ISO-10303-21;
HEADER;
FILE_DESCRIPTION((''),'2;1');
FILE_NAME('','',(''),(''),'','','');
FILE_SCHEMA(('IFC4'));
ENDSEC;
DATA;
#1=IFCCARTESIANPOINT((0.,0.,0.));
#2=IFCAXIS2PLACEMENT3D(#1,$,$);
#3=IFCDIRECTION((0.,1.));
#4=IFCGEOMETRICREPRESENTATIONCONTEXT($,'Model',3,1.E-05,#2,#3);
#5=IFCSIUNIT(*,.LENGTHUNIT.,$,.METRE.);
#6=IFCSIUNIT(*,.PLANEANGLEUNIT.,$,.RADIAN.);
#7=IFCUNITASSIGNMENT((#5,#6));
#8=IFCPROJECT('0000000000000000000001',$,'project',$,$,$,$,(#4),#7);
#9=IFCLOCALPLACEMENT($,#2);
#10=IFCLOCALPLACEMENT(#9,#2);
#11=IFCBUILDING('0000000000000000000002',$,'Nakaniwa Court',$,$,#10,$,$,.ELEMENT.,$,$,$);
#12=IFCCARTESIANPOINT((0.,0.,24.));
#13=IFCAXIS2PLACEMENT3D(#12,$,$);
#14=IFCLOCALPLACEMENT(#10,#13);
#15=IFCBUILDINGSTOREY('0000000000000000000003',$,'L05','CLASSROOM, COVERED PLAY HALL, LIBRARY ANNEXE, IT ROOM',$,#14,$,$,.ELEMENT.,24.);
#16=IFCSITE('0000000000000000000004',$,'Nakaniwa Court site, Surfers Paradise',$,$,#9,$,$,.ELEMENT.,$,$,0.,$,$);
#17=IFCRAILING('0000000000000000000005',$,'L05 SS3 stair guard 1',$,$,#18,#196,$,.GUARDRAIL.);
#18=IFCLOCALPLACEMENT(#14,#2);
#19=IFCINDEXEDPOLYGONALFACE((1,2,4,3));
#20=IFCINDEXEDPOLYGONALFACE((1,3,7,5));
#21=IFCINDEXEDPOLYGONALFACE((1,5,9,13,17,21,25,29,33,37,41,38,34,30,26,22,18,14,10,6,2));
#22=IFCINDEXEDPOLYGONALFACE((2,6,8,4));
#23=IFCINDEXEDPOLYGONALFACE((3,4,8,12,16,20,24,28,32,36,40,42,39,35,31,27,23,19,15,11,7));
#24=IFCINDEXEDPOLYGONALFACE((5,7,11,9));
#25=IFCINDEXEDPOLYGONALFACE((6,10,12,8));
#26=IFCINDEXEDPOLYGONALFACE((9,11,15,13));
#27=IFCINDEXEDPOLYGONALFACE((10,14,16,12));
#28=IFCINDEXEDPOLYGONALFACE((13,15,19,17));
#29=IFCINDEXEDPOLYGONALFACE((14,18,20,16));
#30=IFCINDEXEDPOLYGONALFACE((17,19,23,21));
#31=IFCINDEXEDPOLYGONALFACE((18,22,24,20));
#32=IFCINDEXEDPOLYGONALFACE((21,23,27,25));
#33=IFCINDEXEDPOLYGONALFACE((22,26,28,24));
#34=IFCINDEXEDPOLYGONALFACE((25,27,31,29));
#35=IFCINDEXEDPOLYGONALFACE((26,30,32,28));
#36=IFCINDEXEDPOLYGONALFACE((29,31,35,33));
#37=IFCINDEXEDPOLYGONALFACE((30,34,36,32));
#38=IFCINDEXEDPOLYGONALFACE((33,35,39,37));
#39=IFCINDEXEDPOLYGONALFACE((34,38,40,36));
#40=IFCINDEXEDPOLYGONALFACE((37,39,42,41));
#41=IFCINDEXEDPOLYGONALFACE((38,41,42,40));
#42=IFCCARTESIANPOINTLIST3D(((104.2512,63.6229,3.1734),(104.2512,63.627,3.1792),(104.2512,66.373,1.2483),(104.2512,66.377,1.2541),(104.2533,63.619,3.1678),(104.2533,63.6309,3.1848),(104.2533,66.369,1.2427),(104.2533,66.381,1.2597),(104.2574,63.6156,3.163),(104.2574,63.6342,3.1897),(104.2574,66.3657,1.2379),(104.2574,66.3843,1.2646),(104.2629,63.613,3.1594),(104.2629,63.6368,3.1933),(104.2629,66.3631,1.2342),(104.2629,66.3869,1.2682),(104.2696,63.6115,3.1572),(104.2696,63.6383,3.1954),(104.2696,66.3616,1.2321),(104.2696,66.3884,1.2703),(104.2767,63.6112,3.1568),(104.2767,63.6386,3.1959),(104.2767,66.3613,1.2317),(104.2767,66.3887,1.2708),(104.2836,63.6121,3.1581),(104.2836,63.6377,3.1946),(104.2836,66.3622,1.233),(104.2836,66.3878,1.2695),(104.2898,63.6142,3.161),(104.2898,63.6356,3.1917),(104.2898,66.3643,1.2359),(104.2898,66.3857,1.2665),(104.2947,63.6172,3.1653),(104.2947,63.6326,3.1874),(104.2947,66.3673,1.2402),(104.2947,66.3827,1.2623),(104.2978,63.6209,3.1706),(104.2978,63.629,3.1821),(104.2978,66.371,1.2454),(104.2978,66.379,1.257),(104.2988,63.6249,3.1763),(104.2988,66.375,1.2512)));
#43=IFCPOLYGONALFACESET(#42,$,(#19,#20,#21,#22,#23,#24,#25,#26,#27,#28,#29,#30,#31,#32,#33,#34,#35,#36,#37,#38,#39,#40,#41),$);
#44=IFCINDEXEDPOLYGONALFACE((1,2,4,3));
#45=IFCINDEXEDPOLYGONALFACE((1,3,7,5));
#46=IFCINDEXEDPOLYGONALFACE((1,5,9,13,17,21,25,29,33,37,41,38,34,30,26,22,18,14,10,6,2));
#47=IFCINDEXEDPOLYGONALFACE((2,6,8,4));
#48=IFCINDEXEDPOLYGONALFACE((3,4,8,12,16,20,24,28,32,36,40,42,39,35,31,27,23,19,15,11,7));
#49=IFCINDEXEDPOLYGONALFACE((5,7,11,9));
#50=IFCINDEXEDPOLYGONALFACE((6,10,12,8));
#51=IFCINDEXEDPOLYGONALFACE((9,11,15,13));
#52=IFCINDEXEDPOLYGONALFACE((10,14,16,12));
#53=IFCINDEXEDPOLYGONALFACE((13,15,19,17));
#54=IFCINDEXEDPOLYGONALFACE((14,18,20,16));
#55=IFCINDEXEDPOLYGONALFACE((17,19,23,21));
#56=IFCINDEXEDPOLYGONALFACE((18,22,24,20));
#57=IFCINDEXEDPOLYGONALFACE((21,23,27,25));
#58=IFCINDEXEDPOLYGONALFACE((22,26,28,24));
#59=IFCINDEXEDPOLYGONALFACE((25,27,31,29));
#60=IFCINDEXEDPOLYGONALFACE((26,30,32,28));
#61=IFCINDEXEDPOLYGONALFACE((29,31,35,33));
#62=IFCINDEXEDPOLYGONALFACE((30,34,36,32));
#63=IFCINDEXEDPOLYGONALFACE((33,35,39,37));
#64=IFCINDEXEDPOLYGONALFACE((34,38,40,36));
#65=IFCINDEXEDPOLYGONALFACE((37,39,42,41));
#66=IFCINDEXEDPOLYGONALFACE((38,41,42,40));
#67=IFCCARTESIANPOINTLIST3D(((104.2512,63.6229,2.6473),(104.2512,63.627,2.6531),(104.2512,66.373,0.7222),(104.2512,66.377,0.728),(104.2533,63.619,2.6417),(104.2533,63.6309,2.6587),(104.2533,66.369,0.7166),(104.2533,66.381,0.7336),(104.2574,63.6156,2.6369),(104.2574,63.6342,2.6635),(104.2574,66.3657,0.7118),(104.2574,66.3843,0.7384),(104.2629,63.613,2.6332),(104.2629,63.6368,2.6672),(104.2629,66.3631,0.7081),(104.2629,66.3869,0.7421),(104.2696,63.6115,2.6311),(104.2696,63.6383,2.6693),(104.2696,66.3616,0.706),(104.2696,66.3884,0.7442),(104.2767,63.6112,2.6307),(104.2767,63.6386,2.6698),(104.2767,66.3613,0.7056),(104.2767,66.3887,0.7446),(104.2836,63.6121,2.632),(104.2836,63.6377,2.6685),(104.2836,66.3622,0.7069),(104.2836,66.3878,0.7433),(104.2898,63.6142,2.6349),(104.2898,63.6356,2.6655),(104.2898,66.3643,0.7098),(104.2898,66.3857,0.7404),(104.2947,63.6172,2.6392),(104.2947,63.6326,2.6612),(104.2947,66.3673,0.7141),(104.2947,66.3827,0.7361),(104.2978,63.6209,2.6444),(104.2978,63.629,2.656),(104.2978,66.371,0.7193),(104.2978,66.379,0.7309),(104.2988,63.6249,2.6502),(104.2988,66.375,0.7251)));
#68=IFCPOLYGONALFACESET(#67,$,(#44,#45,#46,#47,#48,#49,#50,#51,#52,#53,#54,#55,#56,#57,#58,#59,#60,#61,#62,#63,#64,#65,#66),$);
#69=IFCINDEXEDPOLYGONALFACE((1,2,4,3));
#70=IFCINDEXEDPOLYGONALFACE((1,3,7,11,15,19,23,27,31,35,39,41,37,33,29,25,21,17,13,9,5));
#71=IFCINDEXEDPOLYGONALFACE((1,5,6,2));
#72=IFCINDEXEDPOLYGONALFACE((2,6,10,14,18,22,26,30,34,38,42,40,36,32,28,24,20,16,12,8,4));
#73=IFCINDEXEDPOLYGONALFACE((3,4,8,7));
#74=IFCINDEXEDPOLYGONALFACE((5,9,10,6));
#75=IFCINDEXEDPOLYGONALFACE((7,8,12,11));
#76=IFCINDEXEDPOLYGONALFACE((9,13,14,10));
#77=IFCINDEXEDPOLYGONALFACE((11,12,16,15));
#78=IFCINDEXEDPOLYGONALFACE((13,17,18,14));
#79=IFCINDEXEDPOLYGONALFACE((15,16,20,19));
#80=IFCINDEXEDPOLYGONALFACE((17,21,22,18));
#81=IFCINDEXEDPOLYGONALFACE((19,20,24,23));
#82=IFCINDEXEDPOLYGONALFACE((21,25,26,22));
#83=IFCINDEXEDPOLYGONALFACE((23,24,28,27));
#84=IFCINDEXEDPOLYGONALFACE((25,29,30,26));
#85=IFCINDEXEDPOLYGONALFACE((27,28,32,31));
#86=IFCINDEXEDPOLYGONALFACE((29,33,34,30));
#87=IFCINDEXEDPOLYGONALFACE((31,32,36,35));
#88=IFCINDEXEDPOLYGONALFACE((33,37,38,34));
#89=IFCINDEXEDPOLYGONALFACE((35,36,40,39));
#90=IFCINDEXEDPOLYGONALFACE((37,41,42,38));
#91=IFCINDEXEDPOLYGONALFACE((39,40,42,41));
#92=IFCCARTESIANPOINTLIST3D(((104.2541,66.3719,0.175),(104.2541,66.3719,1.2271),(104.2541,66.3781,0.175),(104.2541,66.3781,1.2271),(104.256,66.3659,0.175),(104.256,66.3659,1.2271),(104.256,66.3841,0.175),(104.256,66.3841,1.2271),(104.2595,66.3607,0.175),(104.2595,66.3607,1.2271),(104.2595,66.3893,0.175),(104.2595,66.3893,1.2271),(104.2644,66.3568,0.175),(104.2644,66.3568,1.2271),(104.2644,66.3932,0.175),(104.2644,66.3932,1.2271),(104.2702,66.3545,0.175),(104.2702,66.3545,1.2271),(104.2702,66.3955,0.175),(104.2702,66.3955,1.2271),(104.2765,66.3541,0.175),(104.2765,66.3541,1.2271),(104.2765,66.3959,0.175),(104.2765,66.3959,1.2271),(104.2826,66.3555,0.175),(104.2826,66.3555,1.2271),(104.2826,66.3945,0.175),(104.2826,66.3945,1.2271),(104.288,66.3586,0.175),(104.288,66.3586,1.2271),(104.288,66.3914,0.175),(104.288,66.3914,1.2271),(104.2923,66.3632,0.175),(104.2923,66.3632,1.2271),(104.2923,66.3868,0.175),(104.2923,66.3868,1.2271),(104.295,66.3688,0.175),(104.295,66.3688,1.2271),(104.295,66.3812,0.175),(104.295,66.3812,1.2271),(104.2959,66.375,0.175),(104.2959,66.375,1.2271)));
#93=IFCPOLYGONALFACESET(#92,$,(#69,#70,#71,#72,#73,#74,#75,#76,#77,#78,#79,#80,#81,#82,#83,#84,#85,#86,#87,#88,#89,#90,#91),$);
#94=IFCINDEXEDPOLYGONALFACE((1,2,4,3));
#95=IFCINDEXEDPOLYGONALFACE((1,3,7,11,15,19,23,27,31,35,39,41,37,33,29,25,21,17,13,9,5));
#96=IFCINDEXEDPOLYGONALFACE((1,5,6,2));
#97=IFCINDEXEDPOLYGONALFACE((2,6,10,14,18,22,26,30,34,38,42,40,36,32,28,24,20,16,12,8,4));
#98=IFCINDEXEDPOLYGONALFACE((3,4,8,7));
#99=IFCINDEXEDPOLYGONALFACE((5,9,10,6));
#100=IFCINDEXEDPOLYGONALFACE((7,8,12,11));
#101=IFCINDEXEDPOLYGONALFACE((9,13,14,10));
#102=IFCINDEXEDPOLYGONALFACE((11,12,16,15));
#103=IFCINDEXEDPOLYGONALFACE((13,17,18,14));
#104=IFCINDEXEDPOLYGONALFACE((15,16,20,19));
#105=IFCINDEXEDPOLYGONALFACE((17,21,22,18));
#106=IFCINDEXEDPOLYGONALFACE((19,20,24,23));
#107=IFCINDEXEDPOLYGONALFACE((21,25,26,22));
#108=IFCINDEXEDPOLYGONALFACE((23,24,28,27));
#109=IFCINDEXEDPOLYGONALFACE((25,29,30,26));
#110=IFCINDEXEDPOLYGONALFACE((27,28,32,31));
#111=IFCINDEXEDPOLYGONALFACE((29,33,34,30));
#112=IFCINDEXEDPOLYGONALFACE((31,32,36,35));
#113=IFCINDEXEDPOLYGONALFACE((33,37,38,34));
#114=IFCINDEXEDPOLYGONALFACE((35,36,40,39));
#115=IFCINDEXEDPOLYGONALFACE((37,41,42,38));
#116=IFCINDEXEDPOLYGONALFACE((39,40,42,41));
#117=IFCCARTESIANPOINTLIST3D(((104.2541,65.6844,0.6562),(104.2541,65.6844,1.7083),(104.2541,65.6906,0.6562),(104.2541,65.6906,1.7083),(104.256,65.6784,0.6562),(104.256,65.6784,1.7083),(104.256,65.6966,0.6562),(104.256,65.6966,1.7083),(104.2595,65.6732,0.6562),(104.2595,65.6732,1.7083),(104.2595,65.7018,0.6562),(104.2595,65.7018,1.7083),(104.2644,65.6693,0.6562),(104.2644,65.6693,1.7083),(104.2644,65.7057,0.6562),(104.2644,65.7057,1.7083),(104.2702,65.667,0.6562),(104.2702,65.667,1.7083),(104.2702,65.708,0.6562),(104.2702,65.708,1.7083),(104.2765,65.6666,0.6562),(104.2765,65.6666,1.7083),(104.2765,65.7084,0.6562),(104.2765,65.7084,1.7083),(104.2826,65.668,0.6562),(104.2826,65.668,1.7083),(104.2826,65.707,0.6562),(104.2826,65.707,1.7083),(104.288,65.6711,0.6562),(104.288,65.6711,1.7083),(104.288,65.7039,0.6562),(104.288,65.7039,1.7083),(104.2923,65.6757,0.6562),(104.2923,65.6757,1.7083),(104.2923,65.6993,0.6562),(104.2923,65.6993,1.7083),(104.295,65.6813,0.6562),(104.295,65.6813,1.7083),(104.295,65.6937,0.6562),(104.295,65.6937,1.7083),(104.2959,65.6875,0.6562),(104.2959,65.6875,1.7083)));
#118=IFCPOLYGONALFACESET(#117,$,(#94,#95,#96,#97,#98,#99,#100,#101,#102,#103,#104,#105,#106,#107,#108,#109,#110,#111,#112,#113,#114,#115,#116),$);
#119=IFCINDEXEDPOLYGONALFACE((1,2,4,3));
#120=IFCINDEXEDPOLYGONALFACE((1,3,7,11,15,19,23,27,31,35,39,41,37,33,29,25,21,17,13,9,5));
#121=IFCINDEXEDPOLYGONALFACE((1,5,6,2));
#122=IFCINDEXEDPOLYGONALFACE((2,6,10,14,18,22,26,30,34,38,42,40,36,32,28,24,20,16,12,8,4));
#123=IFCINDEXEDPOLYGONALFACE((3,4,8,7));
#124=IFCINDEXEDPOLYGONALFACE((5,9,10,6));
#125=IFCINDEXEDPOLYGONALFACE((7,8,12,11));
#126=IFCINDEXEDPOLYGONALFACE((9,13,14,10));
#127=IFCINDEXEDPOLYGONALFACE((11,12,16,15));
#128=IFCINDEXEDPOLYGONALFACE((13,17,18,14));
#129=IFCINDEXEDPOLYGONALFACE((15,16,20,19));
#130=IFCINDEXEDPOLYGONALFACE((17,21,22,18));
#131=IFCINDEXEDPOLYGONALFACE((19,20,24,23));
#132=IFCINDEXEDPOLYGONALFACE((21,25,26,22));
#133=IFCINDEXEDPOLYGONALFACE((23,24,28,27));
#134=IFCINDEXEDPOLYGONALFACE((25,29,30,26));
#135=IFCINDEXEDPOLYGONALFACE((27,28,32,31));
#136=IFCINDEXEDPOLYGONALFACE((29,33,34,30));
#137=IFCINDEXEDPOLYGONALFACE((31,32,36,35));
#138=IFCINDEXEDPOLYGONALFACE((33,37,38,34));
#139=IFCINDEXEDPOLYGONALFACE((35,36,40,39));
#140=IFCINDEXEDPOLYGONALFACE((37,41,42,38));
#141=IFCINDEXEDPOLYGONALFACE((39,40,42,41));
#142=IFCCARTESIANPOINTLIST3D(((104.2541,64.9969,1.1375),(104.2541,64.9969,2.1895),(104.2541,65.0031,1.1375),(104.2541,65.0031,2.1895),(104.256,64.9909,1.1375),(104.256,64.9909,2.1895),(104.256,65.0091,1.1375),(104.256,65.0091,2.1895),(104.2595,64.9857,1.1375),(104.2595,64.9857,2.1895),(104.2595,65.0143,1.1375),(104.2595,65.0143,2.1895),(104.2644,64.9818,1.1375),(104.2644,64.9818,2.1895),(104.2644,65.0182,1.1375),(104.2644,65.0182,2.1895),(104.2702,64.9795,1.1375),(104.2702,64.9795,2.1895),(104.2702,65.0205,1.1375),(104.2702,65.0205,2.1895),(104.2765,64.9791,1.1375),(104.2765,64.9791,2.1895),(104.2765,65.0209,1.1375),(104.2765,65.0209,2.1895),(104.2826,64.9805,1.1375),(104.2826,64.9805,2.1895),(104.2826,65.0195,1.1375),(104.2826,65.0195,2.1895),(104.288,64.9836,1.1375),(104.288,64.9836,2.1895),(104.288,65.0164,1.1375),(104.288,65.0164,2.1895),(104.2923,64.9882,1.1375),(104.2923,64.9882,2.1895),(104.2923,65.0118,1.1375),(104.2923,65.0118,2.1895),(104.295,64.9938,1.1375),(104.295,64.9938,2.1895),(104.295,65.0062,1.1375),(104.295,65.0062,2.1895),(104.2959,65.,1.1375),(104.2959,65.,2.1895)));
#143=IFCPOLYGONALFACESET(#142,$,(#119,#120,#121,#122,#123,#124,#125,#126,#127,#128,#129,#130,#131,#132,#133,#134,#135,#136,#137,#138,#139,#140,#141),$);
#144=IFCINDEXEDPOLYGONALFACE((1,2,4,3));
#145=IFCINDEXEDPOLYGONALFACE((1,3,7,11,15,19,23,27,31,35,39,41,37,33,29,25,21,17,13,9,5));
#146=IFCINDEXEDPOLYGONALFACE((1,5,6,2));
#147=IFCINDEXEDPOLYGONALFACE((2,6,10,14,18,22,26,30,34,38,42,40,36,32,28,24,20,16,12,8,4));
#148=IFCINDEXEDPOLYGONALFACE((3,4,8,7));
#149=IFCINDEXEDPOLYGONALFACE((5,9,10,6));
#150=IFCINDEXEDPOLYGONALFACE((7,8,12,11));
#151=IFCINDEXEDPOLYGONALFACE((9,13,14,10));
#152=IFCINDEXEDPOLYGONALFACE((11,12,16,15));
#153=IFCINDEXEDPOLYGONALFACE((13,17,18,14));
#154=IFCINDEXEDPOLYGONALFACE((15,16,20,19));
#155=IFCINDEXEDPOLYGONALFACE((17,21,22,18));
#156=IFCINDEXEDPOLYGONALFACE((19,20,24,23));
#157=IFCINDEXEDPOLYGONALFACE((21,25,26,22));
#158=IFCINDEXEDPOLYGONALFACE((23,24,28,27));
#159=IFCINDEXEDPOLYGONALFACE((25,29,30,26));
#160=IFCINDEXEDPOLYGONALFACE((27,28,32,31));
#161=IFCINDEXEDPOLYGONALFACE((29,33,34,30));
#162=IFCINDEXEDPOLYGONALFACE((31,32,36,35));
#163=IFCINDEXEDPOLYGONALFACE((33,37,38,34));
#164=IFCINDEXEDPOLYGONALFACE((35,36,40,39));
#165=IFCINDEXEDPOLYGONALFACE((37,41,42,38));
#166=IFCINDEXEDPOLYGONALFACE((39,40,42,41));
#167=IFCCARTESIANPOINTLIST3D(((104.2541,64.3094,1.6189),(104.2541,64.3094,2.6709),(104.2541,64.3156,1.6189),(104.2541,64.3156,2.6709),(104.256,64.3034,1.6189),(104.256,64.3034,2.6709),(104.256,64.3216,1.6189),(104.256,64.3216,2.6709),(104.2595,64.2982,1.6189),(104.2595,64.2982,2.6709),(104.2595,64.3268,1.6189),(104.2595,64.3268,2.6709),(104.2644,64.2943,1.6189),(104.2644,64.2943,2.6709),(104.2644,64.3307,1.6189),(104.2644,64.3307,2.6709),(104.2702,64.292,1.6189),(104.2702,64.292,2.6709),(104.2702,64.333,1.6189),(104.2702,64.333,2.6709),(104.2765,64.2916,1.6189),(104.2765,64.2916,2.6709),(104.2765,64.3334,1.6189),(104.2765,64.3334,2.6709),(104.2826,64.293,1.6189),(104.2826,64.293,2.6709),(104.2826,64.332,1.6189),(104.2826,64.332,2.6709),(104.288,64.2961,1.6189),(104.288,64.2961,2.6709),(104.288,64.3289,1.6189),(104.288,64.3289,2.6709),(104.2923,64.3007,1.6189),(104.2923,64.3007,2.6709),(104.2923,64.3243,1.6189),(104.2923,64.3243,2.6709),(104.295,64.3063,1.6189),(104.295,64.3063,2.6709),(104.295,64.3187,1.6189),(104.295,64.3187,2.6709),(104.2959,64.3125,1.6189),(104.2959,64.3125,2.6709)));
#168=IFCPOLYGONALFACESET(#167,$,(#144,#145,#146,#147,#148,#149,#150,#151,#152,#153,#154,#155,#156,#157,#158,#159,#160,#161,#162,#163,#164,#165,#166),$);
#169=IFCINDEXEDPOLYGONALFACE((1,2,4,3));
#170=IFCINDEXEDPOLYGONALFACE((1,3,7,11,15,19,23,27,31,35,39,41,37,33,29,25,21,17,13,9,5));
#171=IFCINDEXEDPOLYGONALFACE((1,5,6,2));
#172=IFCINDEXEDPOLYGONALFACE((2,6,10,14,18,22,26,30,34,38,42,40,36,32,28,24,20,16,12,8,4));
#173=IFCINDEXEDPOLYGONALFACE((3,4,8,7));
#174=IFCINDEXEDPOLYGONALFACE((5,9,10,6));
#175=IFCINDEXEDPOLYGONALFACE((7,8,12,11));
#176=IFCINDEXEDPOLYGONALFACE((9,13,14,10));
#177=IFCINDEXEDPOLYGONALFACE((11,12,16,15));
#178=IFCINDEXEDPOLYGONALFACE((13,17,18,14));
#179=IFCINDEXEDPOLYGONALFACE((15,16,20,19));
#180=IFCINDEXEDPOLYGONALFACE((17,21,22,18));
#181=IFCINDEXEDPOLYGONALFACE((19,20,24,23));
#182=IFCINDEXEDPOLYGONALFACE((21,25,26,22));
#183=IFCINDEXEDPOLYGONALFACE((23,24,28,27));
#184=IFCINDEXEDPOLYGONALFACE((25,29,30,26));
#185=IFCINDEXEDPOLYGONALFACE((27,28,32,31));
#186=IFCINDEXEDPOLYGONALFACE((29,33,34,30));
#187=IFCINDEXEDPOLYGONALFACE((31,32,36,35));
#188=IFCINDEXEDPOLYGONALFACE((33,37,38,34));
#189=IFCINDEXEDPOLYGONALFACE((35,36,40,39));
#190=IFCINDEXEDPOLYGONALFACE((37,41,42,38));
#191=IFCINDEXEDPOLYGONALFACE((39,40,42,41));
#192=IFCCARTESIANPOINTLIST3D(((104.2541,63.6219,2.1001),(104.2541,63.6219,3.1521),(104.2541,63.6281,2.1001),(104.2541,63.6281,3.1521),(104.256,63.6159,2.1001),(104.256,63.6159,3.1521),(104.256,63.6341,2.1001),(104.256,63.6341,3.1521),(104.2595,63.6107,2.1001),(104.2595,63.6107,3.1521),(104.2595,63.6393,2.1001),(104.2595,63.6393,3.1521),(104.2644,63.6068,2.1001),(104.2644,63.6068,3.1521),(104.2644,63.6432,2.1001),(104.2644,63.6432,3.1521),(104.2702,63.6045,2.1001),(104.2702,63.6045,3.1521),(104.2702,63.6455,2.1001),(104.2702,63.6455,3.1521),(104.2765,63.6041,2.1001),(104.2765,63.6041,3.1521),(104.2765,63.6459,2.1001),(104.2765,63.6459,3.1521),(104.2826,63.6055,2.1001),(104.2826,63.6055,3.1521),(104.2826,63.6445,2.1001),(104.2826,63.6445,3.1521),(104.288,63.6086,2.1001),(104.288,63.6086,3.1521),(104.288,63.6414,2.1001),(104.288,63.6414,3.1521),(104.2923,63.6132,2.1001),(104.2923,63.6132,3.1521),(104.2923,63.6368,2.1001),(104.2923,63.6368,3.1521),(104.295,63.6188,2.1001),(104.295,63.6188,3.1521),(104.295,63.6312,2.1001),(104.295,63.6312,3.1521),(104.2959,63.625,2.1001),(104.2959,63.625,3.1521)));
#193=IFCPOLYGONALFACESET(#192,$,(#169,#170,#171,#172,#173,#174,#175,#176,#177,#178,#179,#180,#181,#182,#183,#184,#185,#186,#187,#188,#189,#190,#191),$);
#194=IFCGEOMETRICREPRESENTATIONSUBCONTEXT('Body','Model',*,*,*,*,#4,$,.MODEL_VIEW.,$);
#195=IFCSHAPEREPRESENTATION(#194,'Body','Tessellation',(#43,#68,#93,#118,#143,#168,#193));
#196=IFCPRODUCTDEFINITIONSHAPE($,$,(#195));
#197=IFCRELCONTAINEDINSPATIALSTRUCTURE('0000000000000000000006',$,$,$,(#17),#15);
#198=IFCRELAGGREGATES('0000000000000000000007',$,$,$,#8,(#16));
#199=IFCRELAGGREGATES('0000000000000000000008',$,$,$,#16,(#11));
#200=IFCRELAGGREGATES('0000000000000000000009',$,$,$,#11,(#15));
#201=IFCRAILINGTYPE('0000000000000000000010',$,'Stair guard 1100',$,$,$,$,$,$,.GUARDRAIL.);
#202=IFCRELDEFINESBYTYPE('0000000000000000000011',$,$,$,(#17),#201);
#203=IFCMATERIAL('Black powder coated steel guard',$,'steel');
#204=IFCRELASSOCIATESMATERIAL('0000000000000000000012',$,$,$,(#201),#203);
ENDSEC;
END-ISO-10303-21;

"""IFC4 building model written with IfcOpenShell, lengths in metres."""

from ifc_helpers import new_model, si_unit, direction, frame, origin, origin_2d, place, context, subcontext, project, spatial, circle, extrude, material, type_object, element, save


model = new_model("IFC4")

# Units and contexts
model_context = context("Model", 3, precision=1e-05, world=origin(), true_north=direction((0.0, 1.0)))
body_context = subcontext(model_context, "Body", "Model", "MODEL_VIEW")
ifc_project = project(units=[si_unit("LENGTHUNIT", "METRE"), si_unit("PLANEANGLEUNIT", "RADIAN")], contexts=[model_context])

# Site, building, storey
site_placement = place(None, origin())
site = spatial("IfcSite", under=ifc_project, at=site_placement, Name="Nakaniwa Court site, Surfers Paradise", CompositionType="ELEMENT", RefElevation=0.0)
building_placement = place(site_placement, origin())
building = spatial("IfcBuilding", under=site, at=building_placement, Name="Nakaniwa Court", CompositionType="ELEMENT")
storey_placement = place(building_placement, frame((0.0, 0.0, 24.0)))
storey = spatial("IfcBuildingStorey", under=building, at=storey_placement, Name="L05", Description="CLASSROOM, COVERED PLAY HALL, LIBRARY ANNEXE, IT ROOM", CompositionType="ELEMENT", Elevation=24.0)

# Railing
ifc_material_1 = material(Name="Black powder coated steel guard", Category="steel")
railing_type_1 = type_object("IfcRailingType", Name="Stair guard 1100", PredefinedType="GUARDRAIL", material=ifc_material_1)
railing_1_placement = place(storey_placement, frame((104.2749, 66.375, 0.175)))
element("IfcRailing", 1, at=railing_1_placement, inside=storey, type_object=railing_type_1, Name="L05 SS3 stair guard 1", PredefinedType="GUARDRAIL", context=body_context, shape_type="SweptSolid", body=[
    extrude(circle(Radius=0.0239, at=origin_2d()), frame((0.0, 0.0, 1.0762), z_axis=(0.0, -0.819225, 0.573472), x_axis=(1.0, 0.0, 0.0)), (0.0, 0.0, 1.0), 3.3569),
    extrude(circle(Radius=0.0239, at=origin_2d()), frame((0.0, 0.0, 0.55), z_axis=(0.0, -0.819225, 0.573472), x_axis=(1.0, 0.0, 0.0)), (0.0, 0.0, 1.0), 3.3569),
    extrude(circle(Radius=0.021, at=origin_2d()), origin(), (0.0, 0.0, 1.0), 1.052),
    extrude(circle(Radius=0.021, at=origin_2d()), frame((0.0, -0.6875, 0.4812)), (0.0, 0.0, 1.0), 1.052),
    extrude(circle(Radius=0.021, at=origin_2d()), frame((0.0, -1.375, 0.9624)), (0.0, 0.0, 1.0), 1.052),
    extrude(circle(Radius=0.021, at=origin_2d()), frame((0.0, -2.0625, 1.4438)), (0.0, 0.0, 1.0), 1.052),
    extrude(circle(Radius=0.021, at=origin_2d()), frame((0.0, -2.75, 1.925)), (0.0, 0.0, 1.0), 1.052),
])

save(model, "model.ifc")
